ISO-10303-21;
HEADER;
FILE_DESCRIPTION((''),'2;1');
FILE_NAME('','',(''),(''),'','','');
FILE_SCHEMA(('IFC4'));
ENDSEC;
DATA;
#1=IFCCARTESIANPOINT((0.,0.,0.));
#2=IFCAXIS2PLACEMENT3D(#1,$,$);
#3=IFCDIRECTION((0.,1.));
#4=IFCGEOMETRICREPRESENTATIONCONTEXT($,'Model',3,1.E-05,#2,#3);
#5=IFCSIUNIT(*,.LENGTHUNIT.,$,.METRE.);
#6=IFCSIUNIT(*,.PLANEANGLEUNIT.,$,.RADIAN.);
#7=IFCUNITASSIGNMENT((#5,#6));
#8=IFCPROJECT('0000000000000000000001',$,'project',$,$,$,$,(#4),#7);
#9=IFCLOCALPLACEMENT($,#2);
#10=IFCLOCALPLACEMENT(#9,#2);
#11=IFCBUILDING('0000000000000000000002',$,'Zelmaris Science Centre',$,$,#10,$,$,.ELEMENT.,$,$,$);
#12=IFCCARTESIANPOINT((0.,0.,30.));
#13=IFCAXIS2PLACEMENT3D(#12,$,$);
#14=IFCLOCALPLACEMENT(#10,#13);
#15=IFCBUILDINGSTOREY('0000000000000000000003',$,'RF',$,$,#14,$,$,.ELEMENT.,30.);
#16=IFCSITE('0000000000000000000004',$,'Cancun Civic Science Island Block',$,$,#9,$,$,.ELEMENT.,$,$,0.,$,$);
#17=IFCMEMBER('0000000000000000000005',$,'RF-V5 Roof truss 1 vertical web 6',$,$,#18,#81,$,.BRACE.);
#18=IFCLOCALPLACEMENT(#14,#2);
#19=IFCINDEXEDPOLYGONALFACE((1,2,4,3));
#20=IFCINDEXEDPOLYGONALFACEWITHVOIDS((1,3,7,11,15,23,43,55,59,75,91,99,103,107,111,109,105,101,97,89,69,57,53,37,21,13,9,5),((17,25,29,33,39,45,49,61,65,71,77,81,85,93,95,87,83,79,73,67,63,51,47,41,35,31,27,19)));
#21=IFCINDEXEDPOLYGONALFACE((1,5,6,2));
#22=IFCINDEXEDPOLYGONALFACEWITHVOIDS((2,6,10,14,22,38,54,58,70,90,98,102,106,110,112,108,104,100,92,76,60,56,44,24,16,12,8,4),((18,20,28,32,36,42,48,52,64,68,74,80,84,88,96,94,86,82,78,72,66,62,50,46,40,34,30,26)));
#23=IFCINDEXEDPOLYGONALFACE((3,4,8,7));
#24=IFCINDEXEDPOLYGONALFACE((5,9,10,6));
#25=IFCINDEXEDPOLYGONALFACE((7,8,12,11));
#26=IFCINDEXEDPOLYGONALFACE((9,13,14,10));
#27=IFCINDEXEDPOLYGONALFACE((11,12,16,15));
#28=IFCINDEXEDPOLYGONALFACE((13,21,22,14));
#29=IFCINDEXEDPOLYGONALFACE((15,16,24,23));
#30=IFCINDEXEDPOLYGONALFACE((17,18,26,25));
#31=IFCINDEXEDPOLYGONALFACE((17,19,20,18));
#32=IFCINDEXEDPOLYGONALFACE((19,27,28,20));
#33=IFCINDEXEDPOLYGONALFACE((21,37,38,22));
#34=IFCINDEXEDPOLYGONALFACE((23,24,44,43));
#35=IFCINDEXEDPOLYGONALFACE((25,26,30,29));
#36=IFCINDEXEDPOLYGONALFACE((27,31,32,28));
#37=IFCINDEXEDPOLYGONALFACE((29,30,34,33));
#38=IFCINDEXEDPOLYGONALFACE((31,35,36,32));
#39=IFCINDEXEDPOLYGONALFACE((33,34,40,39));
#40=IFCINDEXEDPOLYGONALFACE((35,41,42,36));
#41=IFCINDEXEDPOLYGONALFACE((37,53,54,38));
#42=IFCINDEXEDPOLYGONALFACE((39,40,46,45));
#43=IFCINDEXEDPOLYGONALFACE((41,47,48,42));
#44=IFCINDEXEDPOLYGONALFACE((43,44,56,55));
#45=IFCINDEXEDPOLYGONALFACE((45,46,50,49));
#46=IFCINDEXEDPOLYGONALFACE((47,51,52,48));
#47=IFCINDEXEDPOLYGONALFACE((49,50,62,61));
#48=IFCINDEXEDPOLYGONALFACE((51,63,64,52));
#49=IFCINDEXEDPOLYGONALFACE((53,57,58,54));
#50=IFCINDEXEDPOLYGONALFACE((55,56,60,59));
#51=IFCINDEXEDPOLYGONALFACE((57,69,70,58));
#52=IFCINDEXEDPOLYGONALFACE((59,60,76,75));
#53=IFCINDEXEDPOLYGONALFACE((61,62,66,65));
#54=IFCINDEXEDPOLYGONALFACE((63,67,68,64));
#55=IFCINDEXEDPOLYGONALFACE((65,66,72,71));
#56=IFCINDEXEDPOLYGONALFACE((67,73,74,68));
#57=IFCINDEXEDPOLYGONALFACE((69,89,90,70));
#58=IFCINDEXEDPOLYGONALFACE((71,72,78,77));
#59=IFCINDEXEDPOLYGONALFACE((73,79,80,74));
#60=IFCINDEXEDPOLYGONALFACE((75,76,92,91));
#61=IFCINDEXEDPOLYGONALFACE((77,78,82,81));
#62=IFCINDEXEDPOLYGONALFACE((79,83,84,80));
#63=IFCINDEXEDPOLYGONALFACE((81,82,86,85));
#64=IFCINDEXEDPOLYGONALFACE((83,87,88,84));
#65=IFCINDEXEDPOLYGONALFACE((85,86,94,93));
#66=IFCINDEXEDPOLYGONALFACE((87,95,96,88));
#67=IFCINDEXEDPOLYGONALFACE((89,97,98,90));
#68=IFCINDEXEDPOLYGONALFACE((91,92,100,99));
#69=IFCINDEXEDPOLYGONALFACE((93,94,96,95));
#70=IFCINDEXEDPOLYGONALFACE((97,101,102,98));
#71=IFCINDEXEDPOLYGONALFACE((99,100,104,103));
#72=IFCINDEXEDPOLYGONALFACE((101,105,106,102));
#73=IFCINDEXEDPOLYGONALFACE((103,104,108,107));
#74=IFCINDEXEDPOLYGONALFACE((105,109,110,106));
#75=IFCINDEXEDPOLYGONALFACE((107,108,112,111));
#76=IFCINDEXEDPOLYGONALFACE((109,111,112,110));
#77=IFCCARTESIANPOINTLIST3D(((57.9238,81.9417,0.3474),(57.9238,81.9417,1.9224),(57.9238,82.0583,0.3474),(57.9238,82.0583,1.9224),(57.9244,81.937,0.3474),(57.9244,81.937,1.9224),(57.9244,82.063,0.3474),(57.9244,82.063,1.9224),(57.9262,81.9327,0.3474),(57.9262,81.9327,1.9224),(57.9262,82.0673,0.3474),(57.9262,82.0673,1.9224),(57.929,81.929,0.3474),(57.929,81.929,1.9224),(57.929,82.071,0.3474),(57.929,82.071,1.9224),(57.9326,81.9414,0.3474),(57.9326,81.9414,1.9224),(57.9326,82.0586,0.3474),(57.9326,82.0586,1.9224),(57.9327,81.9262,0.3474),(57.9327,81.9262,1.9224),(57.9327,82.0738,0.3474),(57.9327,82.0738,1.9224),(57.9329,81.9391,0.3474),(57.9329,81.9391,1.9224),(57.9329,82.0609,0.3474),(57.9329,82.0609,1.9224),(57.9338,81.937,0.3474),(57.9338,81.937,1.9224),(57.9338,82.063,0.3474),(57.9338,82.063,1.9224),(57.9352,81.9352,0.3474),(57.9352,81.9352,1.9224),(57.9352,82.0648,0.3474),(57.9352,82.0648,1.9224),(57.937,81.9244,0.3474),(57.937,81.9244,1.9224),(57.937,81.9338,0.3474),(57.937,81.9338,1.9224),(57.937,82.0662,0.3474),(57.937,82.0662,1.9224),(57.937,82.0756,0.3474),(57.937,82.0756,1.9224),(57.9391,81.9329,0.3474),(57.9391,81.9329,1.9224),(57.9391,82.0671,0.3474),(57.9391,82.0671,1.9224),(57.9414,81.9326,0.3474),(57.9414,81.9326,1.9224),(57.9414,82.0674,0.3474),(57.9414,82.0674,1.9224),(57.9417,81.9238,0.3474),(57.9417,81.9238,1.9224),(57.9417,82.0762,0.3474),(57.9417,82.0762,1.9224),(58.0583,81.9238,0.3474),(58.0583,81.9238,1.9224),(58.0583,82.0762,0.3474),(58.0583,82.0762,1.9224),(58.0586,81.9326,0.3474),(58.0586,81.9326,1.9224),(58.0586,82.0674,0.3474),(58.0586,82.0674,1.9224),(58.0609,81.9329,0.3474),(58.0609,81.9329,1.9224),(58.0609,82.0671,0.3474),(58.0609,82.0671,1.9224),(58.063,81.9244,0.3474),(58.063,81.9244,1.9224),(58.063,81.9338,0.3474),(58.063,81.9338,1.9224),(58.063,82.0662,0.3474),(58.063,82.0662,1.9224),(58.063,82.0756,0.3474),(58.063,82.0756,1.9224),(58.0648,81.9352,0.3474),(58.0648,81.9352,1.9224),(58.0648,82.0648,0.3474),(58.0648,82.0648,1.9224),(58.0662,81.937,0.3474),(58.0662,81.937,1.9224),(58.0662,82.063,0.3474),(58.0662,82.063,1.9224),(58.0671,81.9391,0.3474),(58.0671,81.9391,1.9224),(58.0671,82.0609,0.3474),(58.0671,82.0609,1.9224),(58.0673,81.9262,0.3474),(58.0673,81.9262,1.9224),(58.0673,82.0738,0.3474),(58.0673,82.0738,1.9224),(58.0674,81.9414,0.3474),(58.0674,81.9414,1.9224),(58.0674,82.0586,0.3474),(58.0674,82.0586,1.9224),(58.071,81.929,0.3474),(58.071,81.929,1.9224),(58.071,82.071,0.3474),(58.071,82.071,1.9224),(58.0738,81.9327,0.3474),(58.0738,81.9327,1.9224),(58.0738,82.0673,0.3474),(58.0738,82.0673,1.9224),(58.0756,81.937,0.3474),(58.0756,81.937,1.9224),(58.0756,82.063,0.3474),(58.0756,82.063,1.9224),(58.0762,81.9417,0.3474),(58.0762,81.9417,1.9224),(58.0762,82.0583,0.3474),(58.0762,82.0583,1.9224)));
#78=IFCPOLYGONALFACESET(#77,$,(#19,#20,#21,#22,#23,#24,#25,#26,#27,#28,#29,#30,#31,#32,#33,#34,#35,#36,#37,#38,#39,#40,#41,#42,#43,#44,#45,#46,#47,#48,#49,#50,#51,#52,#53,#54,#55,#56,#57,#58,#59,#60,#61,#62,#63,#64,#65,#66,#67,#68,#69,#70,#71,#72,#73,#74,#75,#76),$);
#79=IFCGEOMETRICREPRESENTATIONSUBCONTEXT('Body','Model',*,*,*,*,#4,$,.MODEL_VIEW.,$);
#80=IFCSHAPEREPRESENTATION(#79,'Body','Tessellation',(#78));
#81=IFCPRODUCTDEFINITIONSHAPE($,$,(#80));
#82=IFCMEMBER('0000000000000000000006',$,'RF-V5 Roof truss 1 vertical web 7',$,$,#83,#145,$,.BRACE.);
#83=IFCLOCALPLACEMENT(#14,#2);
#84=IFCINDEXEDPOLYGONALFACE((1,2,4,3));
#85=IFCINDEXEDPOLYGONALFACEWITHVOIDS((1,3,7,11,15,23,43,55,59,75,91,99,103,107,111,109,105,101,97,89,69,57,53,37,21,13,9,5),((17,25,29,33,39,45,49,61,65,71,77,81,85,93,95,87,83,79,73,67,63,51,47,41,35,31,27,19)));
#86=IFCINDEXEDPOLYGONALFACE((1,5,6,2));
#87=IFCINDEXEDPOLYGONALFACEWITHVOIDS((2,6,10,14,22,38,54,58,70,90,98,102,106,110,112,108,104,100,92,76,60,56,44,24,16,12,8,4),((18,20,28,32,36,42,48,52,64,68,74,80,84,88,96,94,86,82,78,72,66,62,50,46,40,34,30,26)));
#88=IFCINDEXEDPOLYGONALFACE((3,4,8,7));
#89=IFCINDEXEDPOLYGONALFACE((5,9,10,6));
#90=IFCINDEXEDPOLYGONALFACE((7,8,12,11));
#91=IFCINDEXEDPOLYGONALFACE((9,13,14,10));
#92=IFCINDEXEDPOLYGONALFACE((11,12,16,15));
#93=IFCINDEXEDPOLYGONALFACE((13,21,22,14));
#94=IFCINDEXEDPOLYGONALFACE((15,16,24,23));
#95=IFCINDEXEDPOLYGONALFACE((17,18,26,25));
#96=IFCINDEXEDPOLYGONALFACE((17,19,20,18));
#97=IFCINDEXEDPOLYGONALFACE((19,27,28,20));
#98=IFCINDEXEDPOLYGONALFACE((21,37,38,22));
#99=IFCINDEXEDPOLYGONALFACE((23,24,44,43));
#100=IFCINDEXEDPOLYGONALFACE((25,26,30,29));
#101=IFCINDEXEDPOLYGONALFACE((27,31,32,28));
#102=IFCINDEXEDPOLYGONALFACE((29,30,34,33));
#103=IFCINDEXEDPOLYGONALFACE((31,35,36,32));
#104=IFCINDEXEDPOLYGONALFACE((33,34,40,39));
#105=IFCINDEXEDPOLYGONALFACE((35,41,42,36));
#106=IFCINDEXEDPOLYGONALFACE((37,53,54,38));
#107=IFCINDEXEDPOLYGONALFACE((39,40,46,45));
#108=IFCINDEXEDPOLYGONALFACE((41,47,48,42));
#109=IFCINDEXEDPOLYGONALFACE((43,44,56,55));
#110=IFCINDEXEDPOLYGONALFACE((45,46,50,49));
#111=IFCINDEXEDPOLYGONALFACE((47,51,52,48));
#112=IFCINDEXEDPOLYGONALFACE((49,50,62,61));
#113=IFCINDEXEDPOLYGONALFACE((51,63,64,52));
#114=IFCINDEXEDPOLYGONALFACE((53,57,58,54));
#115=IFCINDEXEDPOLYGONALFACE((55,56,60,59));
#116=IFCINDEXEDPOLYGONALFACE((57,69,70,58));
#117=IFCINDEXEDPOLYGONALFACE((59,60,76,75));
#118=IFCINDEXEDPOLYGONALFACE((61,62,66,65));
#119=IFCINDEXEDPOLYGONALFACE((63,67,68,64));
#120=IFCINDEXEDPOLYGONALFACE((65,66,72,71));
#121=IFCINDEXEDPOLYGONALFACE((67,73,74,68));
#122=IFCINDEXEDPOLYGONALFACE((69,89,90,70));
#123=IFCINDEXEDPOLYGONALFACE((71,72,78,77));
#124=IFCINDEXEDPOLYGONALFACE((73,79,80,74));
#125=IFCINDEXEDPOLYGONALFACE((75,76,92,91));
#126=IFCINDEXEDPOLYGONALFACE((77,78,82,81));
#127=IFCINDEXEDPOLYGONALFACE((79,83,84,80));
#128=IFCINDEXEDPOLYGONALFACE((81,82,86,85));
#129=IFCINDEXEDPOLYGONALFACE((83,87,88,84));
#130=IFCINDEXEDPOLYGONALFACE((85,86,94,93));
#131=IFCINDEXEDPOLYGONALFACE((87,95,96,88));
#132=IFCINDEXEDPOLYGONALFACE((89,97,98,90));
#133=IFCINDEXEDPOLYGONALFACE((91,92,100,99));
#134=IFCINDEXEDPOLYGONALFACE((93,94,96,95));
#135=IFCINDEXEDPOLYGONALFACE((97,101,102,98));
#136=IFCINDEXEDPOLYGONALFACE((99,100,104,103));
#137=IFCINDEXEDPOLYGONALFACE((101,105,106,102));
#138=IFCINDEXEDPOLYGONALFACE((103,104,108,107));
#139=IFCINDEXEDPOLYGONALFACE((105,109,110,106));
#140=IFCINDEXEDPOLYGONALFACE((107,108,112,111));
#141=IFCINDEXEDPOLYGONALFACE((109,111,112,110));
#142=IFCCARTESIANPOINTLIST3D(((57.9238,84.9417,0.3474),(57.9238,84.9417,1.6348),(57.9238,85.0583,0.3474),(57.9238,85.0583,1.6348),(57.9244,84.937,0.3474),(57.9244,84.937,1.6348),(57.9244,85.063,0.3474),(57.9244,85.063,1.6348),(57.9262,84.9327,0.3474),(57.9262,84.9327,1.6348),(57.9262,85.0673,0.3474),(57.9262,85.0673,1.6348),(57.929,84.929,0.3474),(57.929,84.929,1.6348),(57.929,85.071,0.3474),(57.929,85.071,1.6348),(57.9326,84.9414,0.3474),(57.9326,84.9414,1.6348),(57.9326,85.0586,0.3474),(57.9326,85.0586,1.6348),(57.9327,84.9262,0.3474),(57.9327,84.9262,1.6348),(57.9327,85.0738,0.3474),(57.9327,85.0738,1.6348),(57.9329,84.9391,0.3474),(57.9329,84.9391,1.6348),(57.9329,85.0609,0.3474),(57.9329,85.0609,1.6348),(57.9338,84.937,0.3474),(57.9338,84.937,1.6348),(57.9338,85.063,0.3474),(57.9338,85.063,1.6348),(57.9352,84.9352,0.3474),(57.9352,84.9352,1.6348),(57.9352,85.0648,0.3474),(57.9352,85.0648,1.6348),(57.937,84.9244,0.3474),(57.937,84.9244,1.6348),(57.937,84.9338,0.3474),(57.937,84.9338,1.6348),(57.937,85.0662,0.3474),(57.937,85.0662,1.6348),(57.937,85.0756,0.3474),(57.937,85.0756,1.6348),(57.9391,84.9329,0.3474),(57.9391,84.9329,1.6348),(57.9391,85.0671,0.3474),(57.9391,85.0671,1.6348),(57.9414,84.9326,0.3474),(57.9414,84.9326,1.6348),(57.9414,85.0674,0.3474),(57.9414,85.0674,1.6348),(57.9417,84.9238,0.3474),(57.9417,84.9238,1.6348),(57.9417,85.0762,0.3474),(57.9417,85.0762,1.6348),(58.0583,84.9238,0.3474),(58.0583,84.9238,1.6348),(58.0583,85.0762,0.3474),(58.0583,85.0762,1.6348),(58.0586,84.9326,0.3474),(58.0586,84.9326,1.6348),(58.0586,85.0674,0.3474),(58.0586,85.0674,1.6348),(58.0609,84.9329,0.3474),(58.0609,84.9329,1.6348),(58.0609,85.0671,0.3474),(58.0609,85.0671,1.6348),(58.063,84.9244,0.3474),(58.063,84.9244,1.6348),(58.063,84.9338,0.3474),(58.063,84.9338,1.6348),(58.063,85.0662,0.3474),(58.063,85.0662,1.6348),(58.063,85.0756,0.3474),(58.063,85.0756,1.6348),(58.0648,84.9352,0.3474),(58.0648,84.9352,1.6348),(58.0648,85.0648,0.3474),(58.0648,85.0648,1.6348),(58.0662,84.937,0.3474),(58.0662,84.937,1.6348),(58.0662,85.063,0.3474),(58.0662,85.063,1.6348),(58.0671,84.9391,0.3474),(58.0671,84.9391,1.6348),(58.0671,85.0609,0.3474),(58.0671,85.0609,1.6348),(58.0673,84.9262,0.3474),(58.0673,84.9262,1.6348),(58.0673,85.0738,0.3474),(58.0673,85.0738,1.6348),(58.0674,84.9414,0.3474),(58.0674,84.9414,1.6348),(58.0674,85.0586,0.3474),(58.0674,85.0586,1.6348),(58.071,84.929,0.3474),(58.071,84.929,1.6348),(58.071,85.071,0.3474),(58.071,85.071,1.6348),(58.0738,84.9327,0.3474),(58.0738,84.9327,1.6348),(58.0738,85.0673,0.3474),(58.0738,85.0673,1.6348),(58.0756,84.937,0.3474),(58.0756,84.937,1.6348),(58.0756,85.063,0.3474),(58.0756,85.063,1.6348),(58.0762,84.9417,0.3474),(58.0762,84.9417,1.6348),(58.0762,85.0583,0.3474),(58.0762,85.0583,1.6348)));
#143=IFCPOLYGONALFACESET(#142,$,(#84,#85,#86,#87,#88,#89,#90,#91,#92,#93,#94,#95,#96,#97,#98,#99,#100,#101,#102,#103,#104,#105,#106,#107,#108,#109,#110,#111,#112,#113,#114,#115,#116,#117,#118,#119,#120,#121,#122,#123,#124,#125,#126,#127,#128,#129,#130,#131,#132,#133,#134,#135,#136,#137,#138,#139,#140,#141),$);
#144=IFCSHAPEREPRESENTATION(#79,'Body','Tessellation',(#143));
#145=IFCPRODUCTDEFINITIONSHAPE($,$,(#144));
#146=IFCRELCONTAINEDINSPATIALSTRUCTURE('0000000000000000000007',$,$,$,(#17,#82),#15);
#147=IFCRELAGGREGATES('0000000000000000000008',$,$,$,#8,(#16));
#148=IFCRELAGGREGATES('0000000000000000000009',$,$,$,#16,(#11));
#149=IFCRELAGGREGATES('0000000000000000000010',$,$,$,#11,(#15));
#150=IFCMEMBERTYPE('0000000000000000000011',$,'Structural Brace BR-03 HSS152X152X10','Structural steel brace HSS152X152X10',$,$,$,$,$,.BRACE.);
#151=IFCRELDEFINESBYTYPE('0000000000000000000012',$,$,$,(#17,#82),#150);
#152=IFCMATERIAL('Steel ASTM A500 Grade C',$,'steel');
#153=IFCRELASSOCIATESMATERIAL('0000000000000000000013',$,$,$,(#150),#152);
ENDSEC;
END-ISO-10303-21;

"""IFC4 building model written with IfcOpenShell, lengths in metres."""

from ifc_helpers import new_model, si_unit, direction, frame, origin, origin_2d, place, context, subcontext, project, spatial, hollow_rectangle, extrude, material, material_profile, profile_set, type_object, element, save


model = new_model("IFC4")

# Units and contexts
model_context = context("Model", 3, precision=1e-05, world=origin(), true_north=direction((0.0, 1.0)))
body_context = subcontext(model_context, "Body", "Model", "MODEL_VIEW")
ifc_project = project(units=[si_unit("LENGTHUNIT", "METRE"), si_unit("PLANEANGLEUNIT", "RADIAN")], contexts=[model_context])

# Site, building, storey
site_placement = place(None, origin())
site = spatial("IfcSite", under=ifc_project, at=site_placement, Name="Cancun Civic Science Island Block", CompositionType="ELEMENT", RefElevation=0.0)
building_placement = place(site_placement, origin())
building = spatial("IfcBuilding", under=site, at=building_placement, Name="Zelmaris Science Centre", CompositionType="ELEMENT")
storey_placement = place(building_placement, frame((0.0, 0.0, 30.0)))
storey = spatial("IfcBuildingStorey", under=building, at=storey_placement, Name="RF", CompositionType="ELEMENT", Elevation=30.0)

# Shared definitions
ifc_material = material(Name="Steel ASTM A500 Grade C", Category="steel")

# Members
ifc_material_profile_1 = material_profile(ifc_material, hollow_rectangle(XDim=0.1523, YDim=0.1523, WallThickness=0.0088, InnerFilletRadius=0.0088, OuterFilletRadius=0.0178, at=origin_2d()), Name="HSS152X152X10")
ifc_profile_set_1 = profile_set([ifc_material_profile_1], Name="Steel ASTM A500 Grade C")
member_type_1 = type_object("IfcMemberType", Name="Structural Brace BR-03 HSS152X152X10", Description="Structural steel brace HSS152X152X10", PredefinedType="BRACE", material=ifc_profile_set_1)
member_1_placement = place(storey_placement, frame((58.0, 82.0, 0.3474), z_axis=(0.0, 0.0, 1.0), x_axis=(1.0, 0.0, 0.0)))
element("IfcMember", 1, at=member_1_placement, inside=storey, type_object=member_type_1, Name="RF-V5 Roof truss 1 vertical web 6", PredefinedType="BRACE", context=body_context, shape_type="SweptSolid", body=[
    extrude(hollow_rectangle(XDim=0.1523, YDim=0.1523, WallThickness=0.0088, InnerFilletRadius=0.0088, OuterFilletRadius=0.0178, at=origin_2d()), origin(), (0.0, 0.0, 1.0), 1.575),
])
member_2_placement = place(storey_placement, frame((58.0, 85.0, 0.3474), z_axis=(0.0, 0.0, 1.0), x_axis=(1.0, 0.0, 0.0)))
element("IfcMember", 2, at=member_2_placement, inside=storey, type_object=member_type_1, Name="RF-V5 Roof truss 1 vertical web 7", PredefinedType="BRACE", context=body_context, shape_type="SweptSolid", body=[
    extrude(hollow_rectangle(XDim=0.1523, YDim=0.1523, WallThickness=0.0088, InnerFilletRadius=0.0088, OuterFilletRadius=0.0178, at=origin_2d()), origin(), (0.0, 0.0, 1.0), 1.2874),
])

save(model, "model.ifc")
